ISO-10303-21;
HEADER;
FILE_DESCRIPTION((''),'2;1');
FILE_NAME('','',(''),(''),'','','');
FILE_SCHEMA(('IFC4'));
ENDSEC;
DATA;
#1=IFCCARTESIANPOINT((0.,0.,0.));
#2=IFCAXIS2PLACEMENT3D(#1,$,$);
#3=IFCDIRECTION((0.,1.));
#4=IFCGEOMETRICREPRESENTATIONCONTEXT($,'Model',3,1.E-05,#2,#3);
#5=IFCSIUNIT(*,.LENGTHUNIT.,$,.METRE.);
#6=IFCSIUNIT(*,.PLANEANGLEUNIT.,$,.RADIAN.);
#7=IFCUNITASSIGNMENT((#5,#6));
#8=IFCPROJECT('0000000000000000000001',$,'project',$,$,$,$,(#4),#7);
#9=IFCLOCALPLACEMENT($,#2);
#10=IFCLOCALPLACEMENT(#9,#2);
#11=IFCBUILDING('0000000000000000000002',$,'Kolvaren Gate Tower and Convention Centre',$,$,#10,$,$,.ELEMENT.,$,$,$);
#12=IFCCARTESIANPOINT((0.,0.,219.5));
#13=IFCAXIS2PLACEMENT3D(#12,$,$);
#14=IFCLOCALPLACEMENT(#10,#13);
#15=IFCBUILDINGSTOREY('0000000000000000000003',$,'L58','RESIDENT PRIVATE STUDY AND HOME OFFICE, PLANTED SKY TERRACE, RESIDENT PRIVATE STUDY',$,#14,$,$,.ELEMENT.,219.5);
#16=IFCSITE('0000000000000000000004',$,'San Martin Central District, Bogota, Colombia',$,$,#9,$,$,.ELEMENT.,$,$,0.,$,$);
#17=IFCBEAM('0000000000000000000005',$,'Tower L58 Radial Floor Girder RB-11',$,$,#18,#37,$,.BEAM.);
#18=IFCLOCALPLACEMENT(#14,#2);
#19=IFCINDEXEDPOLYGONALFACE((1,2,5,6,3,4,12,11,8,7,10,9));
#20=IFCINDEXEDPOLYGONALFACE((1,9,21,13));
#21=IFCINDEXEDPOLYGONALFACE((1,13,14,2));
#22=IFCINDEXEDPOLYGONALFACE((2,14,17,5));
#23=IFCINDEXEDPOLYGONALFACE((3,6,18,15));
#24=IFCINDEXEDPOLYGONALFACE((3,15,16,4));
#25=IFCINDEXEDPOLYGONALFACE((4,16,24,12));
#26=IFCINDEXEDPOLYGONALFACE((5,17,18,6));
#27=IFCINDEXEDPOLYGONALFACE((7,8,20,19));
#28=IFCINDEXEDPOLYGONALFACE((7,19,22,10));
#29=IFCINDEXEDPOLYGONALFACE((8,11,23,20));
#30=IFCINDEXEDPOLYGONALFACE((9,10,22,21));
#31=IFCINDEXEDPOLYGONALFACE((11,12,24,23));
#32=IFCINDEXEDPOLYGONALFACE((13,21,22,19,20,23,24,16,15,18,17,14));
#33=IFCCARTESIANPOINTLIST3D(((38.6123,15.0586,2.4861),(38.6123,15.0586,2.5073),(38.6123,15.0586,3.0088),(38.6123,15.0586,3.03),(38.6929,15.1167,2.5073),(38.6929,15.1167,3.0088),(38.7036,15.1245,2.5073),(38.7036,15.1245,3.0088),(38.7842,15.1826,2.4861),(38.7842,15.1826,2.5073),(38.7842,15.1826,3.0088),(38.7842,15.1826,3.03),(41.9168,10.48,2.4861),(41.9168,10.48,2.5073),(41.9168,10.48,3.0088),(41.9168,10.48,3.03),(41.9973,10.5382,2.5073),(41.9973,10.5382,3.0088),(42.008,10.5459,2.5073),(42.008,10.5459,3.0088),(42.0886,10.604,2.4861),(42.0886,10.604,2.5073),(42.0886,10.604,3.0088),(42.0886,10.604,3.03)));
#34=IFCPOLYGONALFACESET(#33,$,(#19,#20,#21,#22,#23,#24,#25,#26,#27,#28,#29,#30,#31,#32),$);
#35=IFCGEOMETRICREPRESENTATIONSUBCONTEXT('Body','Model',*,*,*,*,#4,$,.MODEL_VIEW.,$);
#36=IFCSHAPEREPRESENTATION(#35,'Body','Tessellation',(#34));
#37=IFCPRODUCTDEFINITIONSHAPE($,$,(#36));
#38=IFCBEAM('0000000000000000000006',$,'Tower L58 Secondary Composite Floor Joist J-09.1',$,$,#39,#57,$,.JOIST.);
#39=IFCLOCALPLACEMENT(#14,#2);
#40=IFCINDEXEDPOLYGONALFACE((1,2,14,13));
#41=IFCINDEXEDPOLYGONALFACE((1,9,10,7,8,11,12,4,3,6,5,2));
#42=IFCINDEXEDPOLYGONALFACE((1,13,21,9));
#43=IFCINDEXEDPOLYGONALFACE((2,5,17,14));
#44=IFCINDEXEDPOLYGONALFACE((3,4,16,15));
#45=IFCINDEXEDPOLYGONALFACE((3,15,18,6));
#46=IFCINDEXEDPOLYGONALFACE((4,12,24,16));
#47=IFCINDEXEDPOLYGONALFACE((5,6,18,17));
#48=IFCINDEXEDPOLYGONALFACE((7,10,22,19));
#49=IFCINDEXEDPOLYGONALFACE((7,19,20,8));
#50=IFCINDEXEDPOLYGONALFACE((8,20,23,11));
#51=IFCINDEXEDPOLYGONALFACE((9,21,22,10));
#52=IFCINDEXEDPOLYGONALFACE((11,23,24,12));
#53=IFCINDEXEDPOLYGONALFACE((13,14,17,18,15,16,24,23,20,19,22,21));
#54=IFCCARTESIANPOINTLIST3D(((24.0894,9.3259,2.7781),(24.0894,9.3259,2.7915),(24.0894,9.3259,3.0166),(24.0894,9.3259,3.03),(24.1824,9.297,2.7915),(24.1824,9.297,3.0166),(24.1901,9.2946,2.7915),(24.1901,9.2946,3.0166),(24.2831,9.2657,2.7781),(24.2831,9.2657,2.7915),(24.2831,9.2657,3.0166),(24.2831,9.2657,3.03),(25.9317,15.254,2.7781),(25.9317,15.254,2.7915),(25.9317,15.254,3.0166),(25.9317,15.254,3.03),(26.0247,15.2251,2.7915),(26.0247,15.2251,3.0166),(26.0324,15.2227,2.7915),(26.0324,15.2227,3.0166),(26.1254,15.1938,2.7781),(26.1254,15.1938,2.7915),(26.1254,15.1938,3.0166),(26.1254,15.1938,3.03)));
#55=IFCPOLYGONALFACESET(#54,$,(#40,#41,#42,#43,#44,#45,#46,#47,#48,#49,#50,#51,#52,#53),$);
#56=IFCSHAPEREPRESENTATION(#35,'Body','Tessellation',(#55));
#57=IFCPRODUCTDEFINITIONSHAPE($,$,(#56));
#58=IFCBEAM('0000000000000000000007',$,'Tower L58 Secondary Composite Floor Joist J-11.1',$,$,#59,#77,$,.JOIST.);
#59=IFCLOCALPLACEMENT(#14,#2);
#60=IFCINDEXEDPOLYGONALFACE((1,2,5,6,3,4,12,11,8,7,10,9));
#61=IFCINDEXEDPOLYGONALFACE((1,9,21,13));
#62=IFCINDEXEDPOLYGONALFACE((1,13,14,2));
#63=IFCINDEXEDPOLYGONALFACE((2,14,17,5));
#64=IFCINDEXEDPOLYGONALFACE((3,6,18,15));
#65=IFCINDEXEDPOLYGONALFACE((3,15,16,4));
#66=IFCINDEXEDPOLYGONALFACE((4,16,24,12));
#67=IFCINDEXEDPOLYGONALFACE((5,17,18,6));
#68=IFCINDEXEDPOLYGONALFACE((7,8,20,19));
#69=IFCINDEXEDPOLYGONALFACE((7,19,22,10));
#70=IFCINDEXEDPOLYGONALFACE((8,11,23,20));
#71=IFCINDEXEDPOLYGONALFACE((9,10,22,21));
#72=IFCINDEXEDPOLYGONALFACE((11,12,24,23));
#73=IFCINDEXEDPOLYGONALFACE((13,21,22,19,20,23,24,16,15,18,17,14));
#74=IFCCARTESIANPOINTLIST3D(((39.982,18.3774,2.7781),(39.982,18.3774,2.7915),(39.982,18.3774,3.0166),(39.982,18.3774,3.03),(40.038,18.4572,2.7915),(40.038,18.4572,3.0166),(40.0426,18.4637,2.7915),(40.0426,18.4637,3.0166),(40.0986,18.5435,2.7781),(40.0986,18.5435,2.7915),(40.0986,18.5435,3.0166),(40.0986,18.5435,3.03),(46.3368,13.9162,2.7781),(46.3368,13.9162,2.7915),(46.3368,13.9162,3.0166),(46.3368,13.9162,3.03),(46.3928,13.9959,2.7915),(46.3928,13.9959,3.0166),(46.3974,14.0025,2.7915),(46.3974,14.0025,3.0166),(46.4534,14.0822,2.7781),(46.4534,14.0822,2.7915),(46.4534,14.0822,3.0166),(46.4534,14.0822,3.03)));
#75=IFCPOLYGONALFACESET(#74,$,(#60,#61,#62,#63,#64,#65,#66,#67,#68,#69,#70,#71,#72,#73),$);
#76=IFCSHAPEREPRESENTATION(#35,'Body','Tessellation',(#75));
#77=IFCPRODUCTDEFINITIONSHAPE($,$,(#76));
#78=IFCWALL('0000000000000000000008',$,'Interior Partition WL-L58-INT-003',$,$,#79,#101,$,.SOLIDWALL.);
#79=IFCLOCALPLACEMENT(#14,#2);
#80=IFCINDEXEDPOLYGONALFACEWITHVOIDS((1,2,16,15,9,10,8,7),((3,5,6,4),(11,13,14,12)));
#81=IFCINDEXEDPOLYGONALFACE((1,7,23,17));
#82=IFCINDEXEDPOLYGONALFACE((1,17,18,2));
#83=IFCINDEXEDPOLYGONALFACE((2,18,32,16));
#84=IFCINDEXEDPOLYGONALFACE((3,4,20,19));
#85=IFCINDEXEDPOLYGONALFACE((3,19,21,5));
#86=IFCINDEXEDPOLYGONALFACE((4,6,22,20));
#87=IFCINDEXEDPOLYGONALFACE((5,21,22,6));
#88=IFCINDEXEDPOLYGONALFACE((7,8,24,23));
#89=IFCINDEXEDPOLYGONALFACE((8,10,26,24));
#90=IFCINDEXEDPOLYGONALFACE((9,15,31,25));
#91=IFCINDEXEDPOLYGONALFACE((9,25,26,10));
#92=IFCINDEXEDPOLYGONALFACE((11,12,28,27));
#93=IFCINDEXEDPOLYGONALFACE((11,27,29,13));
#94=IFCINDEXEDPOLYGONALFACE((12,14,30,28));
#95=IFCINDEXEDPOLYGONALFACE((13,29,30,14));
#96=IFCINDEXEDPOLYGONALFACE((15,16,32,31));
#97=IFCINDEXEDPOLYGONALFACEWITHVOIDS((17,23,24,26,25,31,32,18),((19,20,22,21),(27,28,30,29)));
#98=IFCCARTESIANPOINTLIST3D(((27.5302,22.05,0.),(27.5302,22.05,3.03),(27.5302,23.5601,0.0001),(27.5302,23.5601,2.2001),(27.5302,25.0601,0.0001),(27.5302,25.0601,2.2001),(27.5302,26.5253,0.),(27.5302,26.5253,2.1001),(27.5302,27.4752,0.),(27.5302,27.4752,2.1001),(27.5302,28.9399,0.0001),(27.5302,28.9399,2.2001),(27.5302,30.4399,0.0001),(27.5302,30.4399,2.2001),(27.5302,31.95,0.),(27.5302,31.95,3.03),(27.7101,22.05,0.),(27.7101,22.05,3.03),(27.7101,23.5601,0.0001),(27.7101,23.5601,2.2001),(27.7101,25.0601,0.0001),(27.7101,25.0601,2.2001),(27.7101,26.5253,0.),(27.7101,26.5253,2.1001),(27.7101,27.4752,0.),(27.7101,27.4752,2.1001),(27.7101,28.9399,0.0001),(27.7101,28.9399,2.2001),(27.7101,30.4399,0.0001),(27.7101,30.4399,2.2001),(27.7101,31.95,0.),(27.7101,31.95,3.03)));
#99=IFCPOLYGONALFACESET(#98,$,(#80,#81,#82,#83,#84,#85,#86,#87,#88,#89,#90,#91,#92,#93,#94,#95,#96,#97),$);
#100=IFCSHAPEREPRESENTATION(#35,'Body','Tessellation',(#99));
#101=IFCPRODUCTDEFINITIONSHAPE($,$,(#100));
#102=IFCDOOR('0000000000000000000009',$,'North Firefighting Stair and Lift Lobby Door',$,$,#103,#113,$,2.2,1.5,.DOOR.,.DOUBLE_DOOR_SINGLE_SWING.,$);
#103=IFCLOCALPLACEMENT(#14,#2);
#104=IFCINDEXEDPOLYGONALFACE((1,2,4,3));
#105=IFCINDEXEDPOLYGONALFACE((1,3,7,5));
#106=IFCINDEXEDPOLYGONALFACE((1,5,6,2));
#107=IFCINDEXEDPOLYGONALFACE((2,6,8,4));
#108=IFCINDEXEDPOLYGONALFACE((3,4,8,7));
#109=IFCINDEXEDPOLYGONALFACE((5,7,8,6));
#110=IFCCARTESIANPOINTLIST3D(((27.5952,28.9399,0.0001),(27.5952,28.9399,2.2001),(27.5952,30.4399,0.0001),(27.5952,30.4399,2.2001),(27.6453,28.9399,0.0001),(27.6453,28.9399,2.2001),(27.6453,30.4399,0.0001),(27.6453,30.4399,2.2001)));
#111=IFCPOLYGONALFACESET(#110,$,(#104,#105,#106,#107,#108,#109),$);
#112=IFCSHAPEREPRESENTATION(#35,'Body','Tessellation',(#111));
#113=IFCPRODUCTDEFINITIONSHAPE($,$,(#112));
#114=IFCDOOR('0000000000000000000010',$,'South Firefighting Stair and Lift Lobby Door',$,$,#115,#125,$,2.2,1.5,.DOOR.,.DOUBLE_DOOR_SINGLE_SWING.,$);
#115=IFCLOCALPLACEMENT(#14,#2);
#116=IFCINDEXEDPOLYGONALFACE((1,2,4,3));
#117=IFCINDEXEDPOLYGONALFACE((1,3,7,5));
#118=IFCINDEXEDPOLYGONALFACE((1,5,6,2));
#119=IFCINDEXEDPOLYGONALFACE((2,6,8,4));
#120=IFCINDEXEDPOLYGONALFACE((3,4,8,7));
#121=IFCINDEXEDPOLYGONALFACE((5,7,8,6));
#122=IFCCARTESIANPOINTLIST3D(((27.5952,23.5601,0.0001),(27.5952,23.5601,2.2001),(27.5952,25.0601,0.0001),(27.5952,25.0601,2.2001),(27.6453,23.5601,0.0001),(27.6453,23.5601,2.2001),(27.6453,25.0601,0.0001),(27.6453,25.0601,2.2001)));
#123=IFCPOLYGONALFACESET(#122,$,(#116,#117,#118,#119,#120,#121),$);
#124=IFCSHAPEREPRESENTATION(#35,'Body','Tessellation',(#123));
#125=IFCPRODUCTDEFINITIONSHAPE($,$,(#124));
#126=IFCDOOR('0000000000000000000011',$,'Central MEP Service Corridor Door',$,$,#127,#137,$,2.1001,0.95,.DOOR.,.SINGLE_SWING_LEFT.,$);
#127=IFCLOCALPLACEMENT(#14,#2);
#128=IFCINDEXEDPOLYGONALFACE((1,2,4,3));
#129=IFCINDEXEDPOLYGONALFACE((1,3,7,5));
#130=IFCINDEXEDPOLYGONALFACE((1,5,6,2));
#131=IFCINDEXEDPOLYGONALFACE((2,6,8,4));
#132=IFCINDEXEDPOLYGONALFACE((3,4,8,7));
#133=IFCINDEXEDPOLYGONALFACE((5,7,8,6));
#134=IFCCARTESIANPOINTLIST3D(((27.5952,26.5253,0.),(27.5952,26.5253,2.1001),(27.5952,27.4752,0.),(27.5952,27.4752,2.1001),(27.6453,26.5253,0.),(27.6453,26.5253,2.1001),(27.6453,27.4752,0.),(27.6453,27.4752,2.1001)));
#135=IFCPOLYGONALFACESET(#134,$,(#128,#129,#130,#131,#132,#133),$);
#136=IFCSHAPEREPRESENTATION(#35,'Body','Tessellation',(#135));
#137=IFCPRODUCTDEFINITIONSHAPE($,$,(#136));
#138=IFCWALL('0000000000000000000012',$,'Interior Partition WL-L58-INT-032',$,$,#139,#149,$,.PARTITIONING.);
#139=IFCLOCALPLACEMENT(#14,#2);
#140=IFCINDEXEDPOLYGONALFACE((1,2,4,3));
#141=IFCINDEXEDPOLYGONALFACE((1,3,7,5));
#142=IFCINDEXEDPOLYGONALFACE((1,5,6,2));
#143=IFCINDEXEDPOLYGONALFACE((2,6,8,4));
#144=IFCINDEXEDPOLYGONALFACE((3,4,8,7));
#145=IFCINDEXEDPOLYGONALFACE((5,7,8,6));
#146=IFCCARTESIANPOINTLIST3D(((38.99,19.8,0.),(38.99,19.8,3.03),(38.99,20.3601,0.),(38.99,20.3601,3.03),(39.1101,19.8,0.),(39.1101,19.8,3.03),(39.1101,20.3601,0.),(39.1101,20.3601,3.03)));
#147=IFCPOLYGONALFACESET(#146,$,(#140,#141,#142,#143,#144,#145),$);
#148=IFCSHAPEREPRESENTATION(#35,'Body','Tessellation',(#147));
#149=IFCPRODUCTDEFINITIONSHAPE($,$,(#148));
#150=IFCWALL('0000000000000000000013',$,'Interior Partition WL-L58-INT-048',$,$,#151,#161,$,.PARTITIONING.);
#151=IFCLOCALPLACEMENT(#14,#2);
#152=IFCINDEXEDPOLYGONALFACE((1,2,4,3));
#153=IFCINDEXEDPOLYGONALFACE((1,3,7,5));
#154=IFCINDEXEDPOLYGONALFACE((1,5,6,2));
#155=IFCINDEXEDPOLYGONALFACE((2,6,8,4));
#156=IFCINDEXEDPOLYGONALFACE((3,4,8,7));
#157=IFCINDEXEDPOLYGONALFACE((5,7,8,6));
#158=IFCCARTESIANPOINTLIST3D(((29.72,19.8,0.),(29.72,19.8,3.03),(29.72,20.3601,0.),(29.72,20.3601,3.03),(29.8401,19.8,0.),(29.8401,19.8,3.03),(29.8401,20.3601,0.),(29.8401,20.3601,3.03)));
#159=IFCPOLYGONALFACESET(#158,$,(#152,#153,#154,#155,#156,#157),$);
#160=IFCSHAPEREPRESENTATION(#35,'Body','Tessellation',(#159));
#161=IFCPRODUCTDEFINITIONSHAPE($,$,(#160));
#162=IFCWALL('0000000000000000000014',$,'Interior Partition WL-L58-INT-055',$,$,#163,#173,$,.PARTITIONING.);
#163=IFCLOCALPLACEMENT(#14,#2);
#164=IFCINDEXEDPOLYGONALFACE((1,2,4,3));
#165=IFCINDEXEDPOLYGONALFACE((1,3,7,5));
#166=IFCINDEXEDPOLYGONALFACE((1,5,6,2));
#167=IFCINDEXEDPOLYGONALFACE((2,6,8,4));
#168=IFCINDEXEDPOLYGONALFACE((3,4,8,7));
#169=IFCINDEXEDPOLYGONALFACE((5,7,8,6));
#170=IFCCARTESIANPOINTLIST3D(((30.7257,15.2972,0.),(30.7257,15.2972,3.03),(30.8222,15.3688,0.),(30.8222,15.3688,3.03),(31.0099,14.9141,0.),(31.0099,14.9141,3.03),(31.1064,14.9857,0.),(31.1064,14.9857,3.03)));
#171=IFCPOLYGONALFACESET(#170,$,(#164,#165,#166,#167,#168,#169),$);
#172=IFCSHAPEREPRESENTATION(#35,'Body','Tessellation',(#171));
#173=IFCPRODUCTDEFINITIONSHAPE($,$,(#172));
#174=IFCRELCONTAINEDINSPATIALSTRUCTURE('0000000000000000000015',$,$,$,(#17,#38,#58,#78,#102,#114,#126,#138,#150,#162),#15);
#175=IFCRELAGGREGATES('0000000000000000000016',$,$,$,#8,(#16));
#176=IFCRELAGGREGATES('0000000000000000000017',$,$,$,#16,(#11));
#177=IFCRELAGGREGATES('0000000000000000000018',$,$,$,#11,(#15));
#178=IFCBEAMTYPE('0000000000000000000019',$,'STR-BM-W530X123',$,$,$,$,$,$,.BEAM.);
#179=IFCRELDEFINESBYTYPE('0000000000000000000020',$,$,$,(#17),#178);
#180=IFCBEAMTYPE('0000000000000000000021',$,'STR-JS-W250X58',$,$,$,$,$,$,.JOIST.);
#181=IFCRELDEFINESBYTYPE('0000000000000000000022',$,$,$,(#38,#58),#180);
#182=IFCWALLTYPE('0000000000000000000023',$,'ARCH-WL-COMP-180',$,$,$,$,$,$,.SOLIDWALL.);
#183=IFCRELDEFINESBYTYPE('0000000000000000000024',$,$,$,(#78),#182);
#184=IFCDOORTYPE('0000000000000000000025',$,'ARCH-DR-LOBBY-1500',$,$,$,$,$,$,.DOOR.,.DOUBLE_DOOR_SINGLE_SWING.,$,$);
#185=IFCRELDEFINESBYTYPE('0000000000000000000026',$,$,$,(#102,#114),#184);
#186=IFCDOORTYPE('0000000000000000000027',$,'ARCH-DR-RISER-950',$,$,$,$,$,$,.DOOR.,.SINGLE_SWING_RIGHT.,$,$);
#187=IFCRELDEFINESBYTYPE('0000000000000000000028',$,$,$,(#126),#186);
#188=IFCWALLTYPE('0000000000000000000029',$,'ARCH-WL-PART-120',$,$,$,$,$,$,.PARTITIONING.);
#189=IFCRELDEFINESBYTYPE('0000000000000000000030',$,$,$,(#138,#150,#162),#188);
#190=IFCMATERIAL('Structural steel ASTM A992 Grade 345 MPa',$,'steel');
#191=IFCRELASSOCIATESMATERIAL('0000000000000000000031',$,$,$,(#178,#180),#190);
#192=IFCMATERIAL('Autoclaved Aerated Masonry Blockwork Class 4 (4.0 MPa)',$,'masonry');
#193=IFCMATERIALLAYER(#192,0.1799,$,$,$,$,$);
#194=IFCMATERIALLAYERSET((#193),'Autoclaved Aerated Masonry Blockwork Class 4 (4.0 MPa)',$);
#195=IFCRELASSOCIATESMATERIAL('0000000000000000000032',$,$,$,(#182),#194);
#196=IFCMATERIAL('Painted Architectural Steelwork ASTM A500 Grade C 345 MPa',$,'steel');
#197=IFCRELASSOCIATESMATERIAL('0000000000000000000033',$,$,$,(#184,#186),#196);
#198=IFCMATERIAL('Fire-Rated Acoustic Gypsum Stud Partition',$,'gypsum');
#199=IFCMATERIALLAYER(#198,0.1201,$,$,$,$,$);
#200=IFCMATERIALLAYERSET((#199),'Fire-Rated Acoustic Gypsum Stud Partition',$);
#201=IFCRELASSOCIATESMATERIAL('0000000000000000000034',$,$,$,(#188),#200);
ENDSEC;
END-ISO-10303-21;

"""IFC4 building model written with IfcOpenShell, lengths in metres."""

from ifc_helpers import new_model, si_unit, direction, frame, frame_2d, origin, origin_2d, place, context, subcontext, project, spatial, rectangle, i_section, extrude, material, layer, layer_set, material_profile, profile_set, type_object, element, fill, save


model = new_model("IFC4")

# Units and contexts
model_context = context("Model", 3, precision=1e-05, world=origin(), true_north=direction((0.0, 1.0)))
body_context = subcontext(model_context, "Body", "Model", "MODEL_VIEW")
ifc_project = project(units=[si_unit("LENGTHUNIT", "METRE"), si_unit("PLANEANGLEUNIT", "RADIAN")], contexts=[model_context])

# Site, building, storey
site_placement = place(None, origin())
site = spatial("IfcSite", under=ifc_project, at=site_placement, Name="San Martin Central District, Bogota, Colombia", CompositionType="ELEMENT", RefElevation=0.0)
building_placement = place(site_placement, origin())
building = spatial("IfcBuilding", under=site, at=building_placement, Name="Kolvaren Gate Tower and Convention Centre", CompositionType="ELEMENT")
storey_placement = place(building_placement, frame((0.0, 0.0, 219.5)))
storey = spatial("IfcBuildingStorey", under=building, at=storey_placement, Name="L58", Description="RESIDENT PRIVATE STUDY AND HOME OFFICE, PLANTED SKY TERRACE, RESIDENT PRIVATE STUDY", CompositionType="ELEMENT", Elevation=219.5)

# Beams
ifc_material_1 = material(Name="Structural steel ASTM A992 Grade 345 MPa", Category="steel")
ifc_material_profile_1 = material_profile(ifc_material_1, i_section(OverallWidth=0.2119, OverallDepth=0.5439, WebThickness=0.0132, FlangeThickness=0.0212, at=origin_2d()), Name="W530X123")
ifc_profile_set_1 = profile_set([ifc_material_profile_1], Name="Structural steel ASTM A992 Grade 345 MPa")
beam_type_1 = type_object("IfcBeamType", Name="STR-BM-W530X123", PredefinedType="BEAM", material=ifc_profile_set_1)
beam_1_placement = place(storey_placement, frame((38.6982, 15.1206, 2.7581), z_axis=(0.585219, -0.810875, 0.0), x_axis=(0.810875, 0.585219, 0.0)))
element("IfcBeam", 1, at=beam_1_placement, inside=storey, type_object=beam_type_1, Name="Tower L58 Radial Floor Girder RB-11", PredefinedType="BEAM", context=body_context, shape_type="SweptSolid", body=[
    extrude(i_section(OverallWidth=0.2119, OverallDepth=0.5439, WebThickness=0.0132, FlangeThickness=0.0212, at=origin_2d()), origin(), (0.0, 0.0, 1.0), 5.6465),
])
ifc_material_profile_2 = material_profile(ifc_material_1, i_section(OverallWidth=0.2029, OverallDepth=0.252, WebThickness=0.0081, FlangeThickness=0.0134, at=origin_2d()), Name="W250X58")
ifc_profile_set_2 = profile_set([ifc_material_profile_2], Name="Structural steel ASTM A992 Grade 345 MPa")
beam_type_2 = type_object("IfcBeamType", Name="STR-JS-W250X58", PredefinedType="JOIST", material=ifc_profile_set_2)
beam_2_placement = place(storey_placement, frame((26.0286, 15.2239, 2.9041), z_axis=(-0.296776, -0.954947, 0.0), x_axis=(0.954947, -0.296776, 0.0)))
element("IfcBeam", 2, at=beam_2_placement, inside=storey, type_object=beam_type_2, Name="Tower L58 Secondary Composite Floor Joist J-09.1", PredefinedType="JOIST", context=body_context, shape_type="SweptSolid", body=[
    extrude(i_section(OverallWidth=0.2029, OverallDepth=0.252, WebThickness=0.0081, FlangeThickness=0.0134, at=origin_2d()), origin(), (0.0, 0.0, 1.0), 6.2078),
])
beam_3_placement = place(storey_placement, frame((40.0403, 18.4604, 2.9041), z_axis=(0.818453, -0.574574, 0.0), x_axis=(0.574574, 0.818453, 0.0)))
element("IfcBeam", 3, at=beam_3_placement, inside=storey, type_object=beam_type_2, Name="Tower L58 Secondary Composite Floor Joist J-11.1", PredefinedType="JOIST", context=body_context, shape_type="SweptSolid", body=[
    extrude(i_section(OverallWidth=0.2029, OverallDepth=0.252, WebThickness=0.0081, FlangeThickness=0.0134, at=origin_2d()), origin(), (0.0, 0.0, 1.0), 7.7644),
])

# Wall, openings, doors
ifc_material_2 = material(Name="Autoclaved Aerated Masonry Blockwork Class 4 (4.0 MPa)", Category="masonry")
ifc_layer_1 = layer(ifc_material_2, 0.1799)
ifc_layer_set_1 = layer_set([ifc_layer_1], Name="Autoclaved Aerated Masonry Blockwork Class 4 (4.0 MPa)")
wall_type_1 = type_object("IfcWallType", Name="ARCH-WL-COMP-180", PredefinedType="SOLIDWALL", material=ifc_layer_set_1)
wall_1_placement = place(storey_placement, frame((27.6201, 22.05, 0.0), z_axis=(0.0, 0.0, 1.0), x_axis=(0.0, 1.0, 0.0)))
wall_1 = element("IfcWall", 4, at=wall_1_placement, inside=storey, type_object=wall_type_1, Name="Interior Partition WL-L58-INT-003", PredefinedType="SOLIDWALL", context=body_context, shape_type="SweptSolid", body=[
    extrude(rectangle(XDim=9.8999, YDim=0.1799, at=frame_2d((4.95, 0.0))), origin(), (0.0, 0.0, 1.0), 3.03),
])
opening_1_placement = place(wall_1_placement, frame((4.4751, 0.0, 0.0)))
opening_1 = element("IfcOpeningElement", 5, at=opening_1_placement, cuts=wall_1, PredefinedType="OPENING", context=body_context, shape_type="SweptSolid", body=[
    extrude(rectangle(XDim=0.95, YDim=2.1001, at=frame_2d((0.4751, 1.05))), frame((0.0, 0.0999, 0.0), z_axis=(0.0, -1.0, 0.0), x_axis=(1.0, 0.0, 0.0)), (0.0, 0.0, 1.0), 0.2),
])
opening_2_placement = place(wall_1_placement, frame((6.8899, 0.0, 0.0)))
opening_2 = element("IfcOpeningElement", 6, at=opening_2_placement, cuts=wall_1, PredefinedType="OPENING", context=body_context, shape_type="SweptSolid", body=[
    extrude(rectangle(XDim=1.5, YDim=2.2, at=frame_2d((0.75, 1.1001))), frame((0.0, 0.0999, 0.0), z_axis=(0.0, -1.0, 0.0), x_axis=(1.0, 0.0, 0.0)), (0.0, 0.0, 1.0), 0.2),
])
opening_3_placement = place(wall_1_placement, frame((1.51, 0.0, 0.0)))
opening_3 = element("IfcOpeningElement", 7, at=opening_3_placement, cuts=wall_1, PredefinedType="OPENING", context=body_context, shape_type="SweptSolid", body=[
    extrude(rectangle(XDim=1.5, YDim=2.2, at=frame_2d((0.75, 1.1001))), frame((0.0, 0.0999, 0.0), z_axis=(0.0, -1.0, 0.0), x_axis=(1.0, 0.0, 0.0)), (0.0, 0.0, 1.0), 0.2),
])
ifc_material_3 = material(Name="Painted Architectural Steelwork ASTM A500 Grade C 345 MPa", Category="steel")
door_type_1 = type_object("IfcDoorType", Name="ARCH-DR-LOBBY-1500", OperationType="DOUBLE_DOOR_SINGLE_SWING", PredefinedType="DOOR", material=ifc_material_3)
door_1_placement = place(opening_2_placement, origin())
door_1 = element("IfcDoor", 8, at=door_1_placement, inside=storey, type_object=door_type_1, Name="North Firefighting Stair and Lift Lobby Door", OperationType="DOUBLE_DOOR_SINGLE_SWING", OverallHeight=2.2, OverallWidth=1.5, PredefinedType="DOOR", context=body_context, shape_type="SweptSolid", body=[
    extrude(rectangle(XDim=1.5, YDim=2.2, at=frame_2d((0.75, 1.1001))), frame((0.0, 0.0249, 0.0), z_axis=(0.0, -1.0, 0.0), x_axis=(1.0, 0.0, 0.0)), (0.0, 0.0, 1.0), 0.05),
])
fill(opening_2, door_1)
door_2_placement = place(opening_3_placement, origin())
door_2 = element("IfcDoor", 9, at=door_2_placement, inside=storey, type_object=door_type_1, Name="South Firefighting Stair and Lift Lobby Door", OperationType="DOUBLE_DOOR_SINGLE_SWING", OverallHeight=2.2, OverallWidth=1.5, PredefinedType="DOOR", context=body_context, shape_type="SweptSolid", body=[
    extrude(rectangle(XDim=1.5, YDim=2.2, at=frame_2d((0.75, 1.1001))), frame((0.0, 0.0249, 0.0), z_axis=(0.0, -1.0, 0.0), x_axis=(1.0, 0.0, 0.0)), (0.0, 0.0, 1.0), 0.05),
])
fill(opening_3, door_2)
door_type_2 = type_object("IfcDoorType", Name="ARCH-DR-RISER-950", OperationType="SINGLE_SWING_RIGHT", PredefinedType="DOOR", material=ifc_material_3)
door_3_placement = place(opening_1_placement, origin())
door_3 = element("IfcDoor", 10, at=door_3_placement, inside=storey, type_object=door_type_2, Name="Central MEP Service Corridor Door", OperationType="SINGLE_SWING_LEFT", OverallHeight=2.1001, OverallWidth=0.95, PredefinedType="DOOR", context=body_context, shape_type="SweptSolid", body=[
    extrude(rectangle(XDim=0.95, YDim=2.1001, at=frame_2d((0.4751, 1.05))), frame((0.0, 0.0249, 0.0), z_axis=(0.0, -1.0, 0.0), x_axis=(1.0, 0.0, 0.0)), (0.0, 0.0, 1.0), 0.05),
])
fill(opening_1, door_3)

# Walls
ifc_material_4 = material(Name="Fire-Rated Acoustic Gypsum Stud Partition", Category="gypsum")
ifc_layer_2 = layer(ifc_material_4, 0.1201)
ifc_layer_set_2 = layer_set([ifc_layer_2], Name="Fire-Rated Acoustic Gypsum Stud Partition")
wall_type_2 = type_object("IfcWallType", Name="ARCH-WL-PART-120", PredefinedType="PARTITIONING", material=ifc_layer_set_2)
for number, where, z_axis, x_axis, name in (
    (11, (39.05, 19.8, 0.0), (0.0, 0.0, 1.0), (0.0, 1.0, 0.0), "Interior Partition WL-L58-INT-032"),
    (12, (29.78, 19.8, 0.0), (0.0, 0.0, 1.0), (0.0, 1.0, 0.0), "Interior Partition WL-L58-INT-048"),
):
    element("IfcWall", number, at=place(storey_placement, frame(where, z_axis=z_axis, x_axis=x_axis)), inside=storey, type_object=wall_type_2, Name=name, PredefinedType="PARTITIONING", context=body_context, shape_type="SweptSolid", body=[
        extrude(rectangle(XDim=0.5601, YDim=0.1201, at=frame_2d((0.28, 0.0))), origin(), (0.0, 0.0, 1.0), 3.03),
    ])
wall_2_placement = place(storey_placement, frame((30.7739, 15.333, 0.0), z_axis=(0.0, 0.0, 1.0), x_axis=(0.595815, -0.803122, 0.0)))
element("IfcWall", 13, at=wall_2_placement, inside=storey, type_object=wall_type_2, Name="Interior Partition WL-L58-INT-055", PredefinedType="PARTITIONING", context=body_context, shape_type="SweptSolid", body=[
    extrude(rectangle(XDim=0.4771, YDim=0.1201, at=frame_2d((0.2385, 0.0))), origin(), (0.0, 0.0, 1.0), 3.03),
])

save(model, "model.ifc")
